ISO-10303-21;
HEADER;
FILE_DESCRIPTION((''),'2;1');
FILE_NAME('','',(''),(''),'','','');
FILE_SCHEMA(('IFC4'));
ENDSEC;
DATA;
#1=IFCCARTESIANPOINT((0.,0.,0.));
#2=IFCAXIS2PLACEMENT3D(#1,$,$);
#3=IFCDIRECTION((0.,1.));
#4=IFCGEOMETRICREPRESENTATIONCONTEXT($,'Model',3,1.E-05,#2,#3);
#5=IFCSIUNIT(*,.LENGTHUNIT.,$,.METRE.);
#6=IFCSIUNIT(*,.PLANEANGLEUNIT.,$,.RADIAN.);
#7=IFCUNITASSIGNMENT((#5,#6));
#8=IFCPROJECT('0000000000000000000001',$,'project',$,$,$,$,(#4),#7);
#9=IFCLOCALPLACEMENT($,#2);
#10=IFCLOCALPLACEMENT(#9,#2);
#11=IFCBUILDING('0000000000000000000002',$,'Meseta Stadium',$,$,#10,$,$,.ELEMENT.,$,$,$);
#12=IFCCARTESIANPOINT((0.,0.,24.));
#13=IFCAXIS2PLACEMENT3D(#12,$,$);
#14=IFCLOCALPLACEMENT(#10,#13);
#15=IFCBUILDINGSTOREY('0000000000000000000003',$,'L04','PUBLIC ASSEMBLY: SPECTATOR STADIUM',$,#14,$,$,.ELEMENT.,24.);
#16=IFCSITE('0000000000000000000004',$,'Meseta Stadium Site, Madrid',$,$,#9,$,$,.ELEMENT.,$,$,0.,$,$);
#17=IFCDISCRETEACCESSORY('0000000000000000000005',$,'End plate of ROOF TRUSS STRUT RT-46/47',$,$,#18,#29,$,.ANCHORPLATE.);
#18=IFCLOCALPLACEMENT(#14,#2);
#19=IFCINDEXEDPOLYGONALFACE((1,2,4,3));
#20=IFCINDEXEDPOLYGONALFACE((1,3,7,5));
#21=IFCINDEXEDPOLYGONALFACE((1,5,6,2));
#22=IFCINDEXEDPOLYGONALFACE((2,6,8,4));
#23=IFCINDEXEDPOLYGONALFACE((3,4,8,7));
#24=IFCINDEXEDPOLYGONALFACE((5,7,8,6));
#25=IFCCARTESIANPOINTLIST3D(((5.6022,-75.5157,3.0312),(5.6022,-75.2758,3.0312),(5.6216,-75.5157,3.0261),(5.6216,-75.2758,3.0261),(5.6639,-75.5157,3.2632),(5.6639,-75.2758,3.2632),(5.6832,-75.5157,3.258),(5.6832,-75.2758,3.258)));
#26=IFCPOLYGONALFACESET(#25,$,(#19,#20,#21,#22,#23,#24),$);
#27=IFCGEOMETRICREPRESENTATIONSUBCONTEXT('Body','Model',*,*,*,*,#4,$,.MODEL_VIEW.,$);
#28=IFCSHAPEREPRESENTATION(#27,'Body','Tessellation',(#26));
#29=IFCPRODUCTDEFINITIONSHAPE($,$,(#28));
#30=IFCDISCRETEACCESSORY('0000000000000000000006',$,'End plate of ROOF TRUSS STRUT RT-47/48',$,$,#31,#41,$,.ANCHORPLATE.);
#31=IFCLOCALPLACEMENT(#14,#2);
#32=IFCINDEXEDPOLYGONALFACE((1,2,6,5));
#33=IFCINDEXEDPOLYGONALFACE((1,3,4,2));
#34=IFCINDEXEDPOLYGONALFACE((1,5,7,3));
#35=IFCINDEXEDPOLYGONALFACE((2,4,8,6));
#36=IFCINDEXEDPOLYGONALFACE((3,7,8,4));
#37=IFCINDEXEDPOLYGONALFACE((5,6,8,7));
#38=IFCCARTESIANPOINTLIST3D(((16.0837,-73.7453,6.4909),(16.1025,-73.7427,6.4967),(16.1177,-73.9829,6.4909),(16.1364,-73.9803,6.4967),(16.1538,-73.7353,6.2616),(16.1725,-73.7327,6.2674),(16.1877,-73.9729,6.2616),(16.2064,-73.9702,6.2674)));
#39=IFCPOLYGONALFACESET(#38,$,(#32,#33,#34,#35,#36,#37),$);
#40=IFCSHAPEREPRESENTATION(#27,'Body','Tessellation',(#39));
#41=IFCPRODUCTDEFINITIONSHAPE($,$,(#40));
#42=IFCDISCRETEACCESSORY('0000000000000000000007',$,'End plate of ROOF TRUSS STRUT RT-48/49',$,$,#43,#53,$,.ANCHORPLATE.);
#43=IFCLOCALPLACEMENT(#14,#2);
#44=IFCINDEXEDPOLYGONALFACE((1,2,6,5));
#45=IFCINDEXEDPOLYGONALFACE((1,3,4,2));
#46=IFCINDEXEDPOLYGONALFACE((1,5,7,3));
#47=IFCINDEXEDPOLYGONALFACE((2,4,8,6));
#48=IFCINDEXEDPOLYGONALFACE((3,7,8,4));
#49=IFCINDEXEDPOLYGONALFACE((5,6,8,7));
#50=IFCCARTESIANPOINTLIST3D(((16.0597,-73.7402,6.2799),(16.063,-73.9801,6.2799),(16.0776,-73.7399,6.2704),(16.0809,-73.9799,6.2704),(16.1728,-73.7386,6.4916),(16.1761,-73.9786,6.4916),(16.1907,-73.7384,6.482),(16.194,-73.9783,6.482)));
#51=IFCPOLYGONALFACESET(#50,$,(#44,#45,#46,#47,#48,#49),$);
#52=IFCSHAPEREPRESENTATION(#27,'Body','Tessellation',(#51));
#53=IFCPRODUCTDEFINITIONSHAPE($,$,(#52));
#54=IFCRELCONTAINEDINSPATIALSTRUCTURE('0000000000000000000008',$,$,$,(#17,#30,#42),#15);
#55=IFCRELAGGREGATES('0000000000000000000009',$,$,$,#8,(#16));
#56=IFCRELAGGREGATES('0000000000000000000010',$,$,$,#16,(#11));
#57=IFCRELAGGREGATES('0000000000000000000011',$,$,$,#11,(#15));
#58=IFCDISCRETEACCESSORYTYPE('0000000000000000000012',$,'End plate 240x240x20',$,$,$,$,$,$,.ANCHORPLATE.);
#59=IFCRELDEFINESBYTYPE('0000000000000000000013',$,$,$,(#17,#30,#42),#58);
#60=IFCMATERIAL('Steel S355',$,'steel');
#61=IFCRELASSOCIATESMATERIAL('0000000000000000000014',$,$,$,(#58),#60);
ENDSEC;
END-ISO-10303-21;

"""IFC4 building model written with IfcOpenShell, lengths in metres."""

from ifc_helpers import new_model, si_unit, direction, frame, origin, origin_2d, place, context, subcontext, project, spatial, rectangle, extrude, material, material_profile, profile_set, type_object, element, save


model = new_model("IFC4")

# Units and contexts
model_context = context("Model", 3, precision=1e-05, world=origin(), true_north=direction((0.0, 1.0)))
body_context = subcontext(model_context, "Body", "Model", "MODEL_VIEW")
ifc_project = project(units=[si_unit("LENGTHUNIT", "METRE"), si_unit("PLANEANGLEUNIT", "RADIAN")], contexts=[model_context])

# Site, building, storey
site_placement = place(None, origin())
site = spatial("IfcSite", under=ifc_project, at=site_placement, Name="Meseta Stadium Site, Madrid", CompositionType="ELEMENT", RefElevation=0.0)
building_placement = place(site_placement, origin())
building = spatial("IfcBuilding", under=site, at=building_placement, Name="Meseta Stadium", CompositionType="ELEMENT")
storey_placement = place(building_placement, frame((0.0, 0.0, 24.0)))
storey = spatial("IfcBuildingStorey", under=building, at=storey_placement, Name="L04", Description="PUBLIC ASSEMBLY: SPECTATOR STADIUM", CompositionType="ELEMENT", Elevation=24.0)

# Discrete accessories
ifc_material_1 = material(Name="Steel S355", Category="steel")
ifc_material_profile_1 = material_profile(ifc_material_1, rectangle(XDim=0.24, YDim=0.24, at=origin_2d()), Name="PL 240x240")
ifc_profile_set_1 = profile_set([ifc_material_profile_1], Name="Steel S355")
discrete_accessory_type_1 = type_object("IfcDiscreteAccessoryType", Name="End plate 240x240x20", PredefinedType="ANCHORPLATE", material=ifc_profile_set_1)
discrete_accessory_1_placement = place(storey_placement, frame((5.6331, -75.3958, 3.1472), z_axis=(0.966438, 0.0, -0.256901), x_axis=(0.0, 1.0, 0.0)))
element("IfcDiscreteAccessory", 1, at=discrete_accessory_1_placement, inside=storey, type_object=discrete_accessory_type_1, Name="End plate of ROOF TRUSS STRUT RT-46/47", PredefinedType="ANCHORPLATE", context=body_context, shape_type="SweptSolid", body=[
    extrude(rectangle(XDim=0.24, YDim=0.24, at=origin_2d()), origin(), (0.0, 0.0, 1.0), 0.02),
])
discrete_accessory_2_placement = place(storey_placement, frame((16.1357, -73.8591, 6.3762), z_axis=(0.945943, 0.135135, 0.294839), x_axis=(-0.141421, 0.989949, 0.0)))
element("IfcDiscreteAccessory", 2, at=discrete_accessory_2_placement, inside=storey, type_object=discrete_accessory_type_1, Name="End plate of ROOF TRUSS STRUT RT-47/48", PredefinedType="ANCHORPLATE", context=body_context, shape_type="SweptSolid", body=[
    extrude(rectangle(XDim=0.24, YDim=0.24, at=origin_2d()), origin(), (0.0, 0.0, 1.0), 0.0198),
])
discrete_accessory_3_placement = place(storey_placement, frame((16.1179, -73.8594, 6.3857), z_axis=(0.881954, 0.012082, -0.471181), x_axis=(-0.013697, 0.999906, 0.0)))
element("IfcDiscreteAccessory", 3, at=discrete_accessory_3_placement, inside=storey, type_object=discrete_accessory_type_1, Name="End plate of ROOF TRUSS STRUT RT-48/49", PredefinedType="ANCHORPLATE", context=body_context, shape_type="SweptSolid", body=[
    extrude(rectangle(XDim=0.24, YDim=0.24, at=origin_2d()), origin(), (0.0, 0.0, 1.0), 0.0203),
])

save(model, "model.ifc")
